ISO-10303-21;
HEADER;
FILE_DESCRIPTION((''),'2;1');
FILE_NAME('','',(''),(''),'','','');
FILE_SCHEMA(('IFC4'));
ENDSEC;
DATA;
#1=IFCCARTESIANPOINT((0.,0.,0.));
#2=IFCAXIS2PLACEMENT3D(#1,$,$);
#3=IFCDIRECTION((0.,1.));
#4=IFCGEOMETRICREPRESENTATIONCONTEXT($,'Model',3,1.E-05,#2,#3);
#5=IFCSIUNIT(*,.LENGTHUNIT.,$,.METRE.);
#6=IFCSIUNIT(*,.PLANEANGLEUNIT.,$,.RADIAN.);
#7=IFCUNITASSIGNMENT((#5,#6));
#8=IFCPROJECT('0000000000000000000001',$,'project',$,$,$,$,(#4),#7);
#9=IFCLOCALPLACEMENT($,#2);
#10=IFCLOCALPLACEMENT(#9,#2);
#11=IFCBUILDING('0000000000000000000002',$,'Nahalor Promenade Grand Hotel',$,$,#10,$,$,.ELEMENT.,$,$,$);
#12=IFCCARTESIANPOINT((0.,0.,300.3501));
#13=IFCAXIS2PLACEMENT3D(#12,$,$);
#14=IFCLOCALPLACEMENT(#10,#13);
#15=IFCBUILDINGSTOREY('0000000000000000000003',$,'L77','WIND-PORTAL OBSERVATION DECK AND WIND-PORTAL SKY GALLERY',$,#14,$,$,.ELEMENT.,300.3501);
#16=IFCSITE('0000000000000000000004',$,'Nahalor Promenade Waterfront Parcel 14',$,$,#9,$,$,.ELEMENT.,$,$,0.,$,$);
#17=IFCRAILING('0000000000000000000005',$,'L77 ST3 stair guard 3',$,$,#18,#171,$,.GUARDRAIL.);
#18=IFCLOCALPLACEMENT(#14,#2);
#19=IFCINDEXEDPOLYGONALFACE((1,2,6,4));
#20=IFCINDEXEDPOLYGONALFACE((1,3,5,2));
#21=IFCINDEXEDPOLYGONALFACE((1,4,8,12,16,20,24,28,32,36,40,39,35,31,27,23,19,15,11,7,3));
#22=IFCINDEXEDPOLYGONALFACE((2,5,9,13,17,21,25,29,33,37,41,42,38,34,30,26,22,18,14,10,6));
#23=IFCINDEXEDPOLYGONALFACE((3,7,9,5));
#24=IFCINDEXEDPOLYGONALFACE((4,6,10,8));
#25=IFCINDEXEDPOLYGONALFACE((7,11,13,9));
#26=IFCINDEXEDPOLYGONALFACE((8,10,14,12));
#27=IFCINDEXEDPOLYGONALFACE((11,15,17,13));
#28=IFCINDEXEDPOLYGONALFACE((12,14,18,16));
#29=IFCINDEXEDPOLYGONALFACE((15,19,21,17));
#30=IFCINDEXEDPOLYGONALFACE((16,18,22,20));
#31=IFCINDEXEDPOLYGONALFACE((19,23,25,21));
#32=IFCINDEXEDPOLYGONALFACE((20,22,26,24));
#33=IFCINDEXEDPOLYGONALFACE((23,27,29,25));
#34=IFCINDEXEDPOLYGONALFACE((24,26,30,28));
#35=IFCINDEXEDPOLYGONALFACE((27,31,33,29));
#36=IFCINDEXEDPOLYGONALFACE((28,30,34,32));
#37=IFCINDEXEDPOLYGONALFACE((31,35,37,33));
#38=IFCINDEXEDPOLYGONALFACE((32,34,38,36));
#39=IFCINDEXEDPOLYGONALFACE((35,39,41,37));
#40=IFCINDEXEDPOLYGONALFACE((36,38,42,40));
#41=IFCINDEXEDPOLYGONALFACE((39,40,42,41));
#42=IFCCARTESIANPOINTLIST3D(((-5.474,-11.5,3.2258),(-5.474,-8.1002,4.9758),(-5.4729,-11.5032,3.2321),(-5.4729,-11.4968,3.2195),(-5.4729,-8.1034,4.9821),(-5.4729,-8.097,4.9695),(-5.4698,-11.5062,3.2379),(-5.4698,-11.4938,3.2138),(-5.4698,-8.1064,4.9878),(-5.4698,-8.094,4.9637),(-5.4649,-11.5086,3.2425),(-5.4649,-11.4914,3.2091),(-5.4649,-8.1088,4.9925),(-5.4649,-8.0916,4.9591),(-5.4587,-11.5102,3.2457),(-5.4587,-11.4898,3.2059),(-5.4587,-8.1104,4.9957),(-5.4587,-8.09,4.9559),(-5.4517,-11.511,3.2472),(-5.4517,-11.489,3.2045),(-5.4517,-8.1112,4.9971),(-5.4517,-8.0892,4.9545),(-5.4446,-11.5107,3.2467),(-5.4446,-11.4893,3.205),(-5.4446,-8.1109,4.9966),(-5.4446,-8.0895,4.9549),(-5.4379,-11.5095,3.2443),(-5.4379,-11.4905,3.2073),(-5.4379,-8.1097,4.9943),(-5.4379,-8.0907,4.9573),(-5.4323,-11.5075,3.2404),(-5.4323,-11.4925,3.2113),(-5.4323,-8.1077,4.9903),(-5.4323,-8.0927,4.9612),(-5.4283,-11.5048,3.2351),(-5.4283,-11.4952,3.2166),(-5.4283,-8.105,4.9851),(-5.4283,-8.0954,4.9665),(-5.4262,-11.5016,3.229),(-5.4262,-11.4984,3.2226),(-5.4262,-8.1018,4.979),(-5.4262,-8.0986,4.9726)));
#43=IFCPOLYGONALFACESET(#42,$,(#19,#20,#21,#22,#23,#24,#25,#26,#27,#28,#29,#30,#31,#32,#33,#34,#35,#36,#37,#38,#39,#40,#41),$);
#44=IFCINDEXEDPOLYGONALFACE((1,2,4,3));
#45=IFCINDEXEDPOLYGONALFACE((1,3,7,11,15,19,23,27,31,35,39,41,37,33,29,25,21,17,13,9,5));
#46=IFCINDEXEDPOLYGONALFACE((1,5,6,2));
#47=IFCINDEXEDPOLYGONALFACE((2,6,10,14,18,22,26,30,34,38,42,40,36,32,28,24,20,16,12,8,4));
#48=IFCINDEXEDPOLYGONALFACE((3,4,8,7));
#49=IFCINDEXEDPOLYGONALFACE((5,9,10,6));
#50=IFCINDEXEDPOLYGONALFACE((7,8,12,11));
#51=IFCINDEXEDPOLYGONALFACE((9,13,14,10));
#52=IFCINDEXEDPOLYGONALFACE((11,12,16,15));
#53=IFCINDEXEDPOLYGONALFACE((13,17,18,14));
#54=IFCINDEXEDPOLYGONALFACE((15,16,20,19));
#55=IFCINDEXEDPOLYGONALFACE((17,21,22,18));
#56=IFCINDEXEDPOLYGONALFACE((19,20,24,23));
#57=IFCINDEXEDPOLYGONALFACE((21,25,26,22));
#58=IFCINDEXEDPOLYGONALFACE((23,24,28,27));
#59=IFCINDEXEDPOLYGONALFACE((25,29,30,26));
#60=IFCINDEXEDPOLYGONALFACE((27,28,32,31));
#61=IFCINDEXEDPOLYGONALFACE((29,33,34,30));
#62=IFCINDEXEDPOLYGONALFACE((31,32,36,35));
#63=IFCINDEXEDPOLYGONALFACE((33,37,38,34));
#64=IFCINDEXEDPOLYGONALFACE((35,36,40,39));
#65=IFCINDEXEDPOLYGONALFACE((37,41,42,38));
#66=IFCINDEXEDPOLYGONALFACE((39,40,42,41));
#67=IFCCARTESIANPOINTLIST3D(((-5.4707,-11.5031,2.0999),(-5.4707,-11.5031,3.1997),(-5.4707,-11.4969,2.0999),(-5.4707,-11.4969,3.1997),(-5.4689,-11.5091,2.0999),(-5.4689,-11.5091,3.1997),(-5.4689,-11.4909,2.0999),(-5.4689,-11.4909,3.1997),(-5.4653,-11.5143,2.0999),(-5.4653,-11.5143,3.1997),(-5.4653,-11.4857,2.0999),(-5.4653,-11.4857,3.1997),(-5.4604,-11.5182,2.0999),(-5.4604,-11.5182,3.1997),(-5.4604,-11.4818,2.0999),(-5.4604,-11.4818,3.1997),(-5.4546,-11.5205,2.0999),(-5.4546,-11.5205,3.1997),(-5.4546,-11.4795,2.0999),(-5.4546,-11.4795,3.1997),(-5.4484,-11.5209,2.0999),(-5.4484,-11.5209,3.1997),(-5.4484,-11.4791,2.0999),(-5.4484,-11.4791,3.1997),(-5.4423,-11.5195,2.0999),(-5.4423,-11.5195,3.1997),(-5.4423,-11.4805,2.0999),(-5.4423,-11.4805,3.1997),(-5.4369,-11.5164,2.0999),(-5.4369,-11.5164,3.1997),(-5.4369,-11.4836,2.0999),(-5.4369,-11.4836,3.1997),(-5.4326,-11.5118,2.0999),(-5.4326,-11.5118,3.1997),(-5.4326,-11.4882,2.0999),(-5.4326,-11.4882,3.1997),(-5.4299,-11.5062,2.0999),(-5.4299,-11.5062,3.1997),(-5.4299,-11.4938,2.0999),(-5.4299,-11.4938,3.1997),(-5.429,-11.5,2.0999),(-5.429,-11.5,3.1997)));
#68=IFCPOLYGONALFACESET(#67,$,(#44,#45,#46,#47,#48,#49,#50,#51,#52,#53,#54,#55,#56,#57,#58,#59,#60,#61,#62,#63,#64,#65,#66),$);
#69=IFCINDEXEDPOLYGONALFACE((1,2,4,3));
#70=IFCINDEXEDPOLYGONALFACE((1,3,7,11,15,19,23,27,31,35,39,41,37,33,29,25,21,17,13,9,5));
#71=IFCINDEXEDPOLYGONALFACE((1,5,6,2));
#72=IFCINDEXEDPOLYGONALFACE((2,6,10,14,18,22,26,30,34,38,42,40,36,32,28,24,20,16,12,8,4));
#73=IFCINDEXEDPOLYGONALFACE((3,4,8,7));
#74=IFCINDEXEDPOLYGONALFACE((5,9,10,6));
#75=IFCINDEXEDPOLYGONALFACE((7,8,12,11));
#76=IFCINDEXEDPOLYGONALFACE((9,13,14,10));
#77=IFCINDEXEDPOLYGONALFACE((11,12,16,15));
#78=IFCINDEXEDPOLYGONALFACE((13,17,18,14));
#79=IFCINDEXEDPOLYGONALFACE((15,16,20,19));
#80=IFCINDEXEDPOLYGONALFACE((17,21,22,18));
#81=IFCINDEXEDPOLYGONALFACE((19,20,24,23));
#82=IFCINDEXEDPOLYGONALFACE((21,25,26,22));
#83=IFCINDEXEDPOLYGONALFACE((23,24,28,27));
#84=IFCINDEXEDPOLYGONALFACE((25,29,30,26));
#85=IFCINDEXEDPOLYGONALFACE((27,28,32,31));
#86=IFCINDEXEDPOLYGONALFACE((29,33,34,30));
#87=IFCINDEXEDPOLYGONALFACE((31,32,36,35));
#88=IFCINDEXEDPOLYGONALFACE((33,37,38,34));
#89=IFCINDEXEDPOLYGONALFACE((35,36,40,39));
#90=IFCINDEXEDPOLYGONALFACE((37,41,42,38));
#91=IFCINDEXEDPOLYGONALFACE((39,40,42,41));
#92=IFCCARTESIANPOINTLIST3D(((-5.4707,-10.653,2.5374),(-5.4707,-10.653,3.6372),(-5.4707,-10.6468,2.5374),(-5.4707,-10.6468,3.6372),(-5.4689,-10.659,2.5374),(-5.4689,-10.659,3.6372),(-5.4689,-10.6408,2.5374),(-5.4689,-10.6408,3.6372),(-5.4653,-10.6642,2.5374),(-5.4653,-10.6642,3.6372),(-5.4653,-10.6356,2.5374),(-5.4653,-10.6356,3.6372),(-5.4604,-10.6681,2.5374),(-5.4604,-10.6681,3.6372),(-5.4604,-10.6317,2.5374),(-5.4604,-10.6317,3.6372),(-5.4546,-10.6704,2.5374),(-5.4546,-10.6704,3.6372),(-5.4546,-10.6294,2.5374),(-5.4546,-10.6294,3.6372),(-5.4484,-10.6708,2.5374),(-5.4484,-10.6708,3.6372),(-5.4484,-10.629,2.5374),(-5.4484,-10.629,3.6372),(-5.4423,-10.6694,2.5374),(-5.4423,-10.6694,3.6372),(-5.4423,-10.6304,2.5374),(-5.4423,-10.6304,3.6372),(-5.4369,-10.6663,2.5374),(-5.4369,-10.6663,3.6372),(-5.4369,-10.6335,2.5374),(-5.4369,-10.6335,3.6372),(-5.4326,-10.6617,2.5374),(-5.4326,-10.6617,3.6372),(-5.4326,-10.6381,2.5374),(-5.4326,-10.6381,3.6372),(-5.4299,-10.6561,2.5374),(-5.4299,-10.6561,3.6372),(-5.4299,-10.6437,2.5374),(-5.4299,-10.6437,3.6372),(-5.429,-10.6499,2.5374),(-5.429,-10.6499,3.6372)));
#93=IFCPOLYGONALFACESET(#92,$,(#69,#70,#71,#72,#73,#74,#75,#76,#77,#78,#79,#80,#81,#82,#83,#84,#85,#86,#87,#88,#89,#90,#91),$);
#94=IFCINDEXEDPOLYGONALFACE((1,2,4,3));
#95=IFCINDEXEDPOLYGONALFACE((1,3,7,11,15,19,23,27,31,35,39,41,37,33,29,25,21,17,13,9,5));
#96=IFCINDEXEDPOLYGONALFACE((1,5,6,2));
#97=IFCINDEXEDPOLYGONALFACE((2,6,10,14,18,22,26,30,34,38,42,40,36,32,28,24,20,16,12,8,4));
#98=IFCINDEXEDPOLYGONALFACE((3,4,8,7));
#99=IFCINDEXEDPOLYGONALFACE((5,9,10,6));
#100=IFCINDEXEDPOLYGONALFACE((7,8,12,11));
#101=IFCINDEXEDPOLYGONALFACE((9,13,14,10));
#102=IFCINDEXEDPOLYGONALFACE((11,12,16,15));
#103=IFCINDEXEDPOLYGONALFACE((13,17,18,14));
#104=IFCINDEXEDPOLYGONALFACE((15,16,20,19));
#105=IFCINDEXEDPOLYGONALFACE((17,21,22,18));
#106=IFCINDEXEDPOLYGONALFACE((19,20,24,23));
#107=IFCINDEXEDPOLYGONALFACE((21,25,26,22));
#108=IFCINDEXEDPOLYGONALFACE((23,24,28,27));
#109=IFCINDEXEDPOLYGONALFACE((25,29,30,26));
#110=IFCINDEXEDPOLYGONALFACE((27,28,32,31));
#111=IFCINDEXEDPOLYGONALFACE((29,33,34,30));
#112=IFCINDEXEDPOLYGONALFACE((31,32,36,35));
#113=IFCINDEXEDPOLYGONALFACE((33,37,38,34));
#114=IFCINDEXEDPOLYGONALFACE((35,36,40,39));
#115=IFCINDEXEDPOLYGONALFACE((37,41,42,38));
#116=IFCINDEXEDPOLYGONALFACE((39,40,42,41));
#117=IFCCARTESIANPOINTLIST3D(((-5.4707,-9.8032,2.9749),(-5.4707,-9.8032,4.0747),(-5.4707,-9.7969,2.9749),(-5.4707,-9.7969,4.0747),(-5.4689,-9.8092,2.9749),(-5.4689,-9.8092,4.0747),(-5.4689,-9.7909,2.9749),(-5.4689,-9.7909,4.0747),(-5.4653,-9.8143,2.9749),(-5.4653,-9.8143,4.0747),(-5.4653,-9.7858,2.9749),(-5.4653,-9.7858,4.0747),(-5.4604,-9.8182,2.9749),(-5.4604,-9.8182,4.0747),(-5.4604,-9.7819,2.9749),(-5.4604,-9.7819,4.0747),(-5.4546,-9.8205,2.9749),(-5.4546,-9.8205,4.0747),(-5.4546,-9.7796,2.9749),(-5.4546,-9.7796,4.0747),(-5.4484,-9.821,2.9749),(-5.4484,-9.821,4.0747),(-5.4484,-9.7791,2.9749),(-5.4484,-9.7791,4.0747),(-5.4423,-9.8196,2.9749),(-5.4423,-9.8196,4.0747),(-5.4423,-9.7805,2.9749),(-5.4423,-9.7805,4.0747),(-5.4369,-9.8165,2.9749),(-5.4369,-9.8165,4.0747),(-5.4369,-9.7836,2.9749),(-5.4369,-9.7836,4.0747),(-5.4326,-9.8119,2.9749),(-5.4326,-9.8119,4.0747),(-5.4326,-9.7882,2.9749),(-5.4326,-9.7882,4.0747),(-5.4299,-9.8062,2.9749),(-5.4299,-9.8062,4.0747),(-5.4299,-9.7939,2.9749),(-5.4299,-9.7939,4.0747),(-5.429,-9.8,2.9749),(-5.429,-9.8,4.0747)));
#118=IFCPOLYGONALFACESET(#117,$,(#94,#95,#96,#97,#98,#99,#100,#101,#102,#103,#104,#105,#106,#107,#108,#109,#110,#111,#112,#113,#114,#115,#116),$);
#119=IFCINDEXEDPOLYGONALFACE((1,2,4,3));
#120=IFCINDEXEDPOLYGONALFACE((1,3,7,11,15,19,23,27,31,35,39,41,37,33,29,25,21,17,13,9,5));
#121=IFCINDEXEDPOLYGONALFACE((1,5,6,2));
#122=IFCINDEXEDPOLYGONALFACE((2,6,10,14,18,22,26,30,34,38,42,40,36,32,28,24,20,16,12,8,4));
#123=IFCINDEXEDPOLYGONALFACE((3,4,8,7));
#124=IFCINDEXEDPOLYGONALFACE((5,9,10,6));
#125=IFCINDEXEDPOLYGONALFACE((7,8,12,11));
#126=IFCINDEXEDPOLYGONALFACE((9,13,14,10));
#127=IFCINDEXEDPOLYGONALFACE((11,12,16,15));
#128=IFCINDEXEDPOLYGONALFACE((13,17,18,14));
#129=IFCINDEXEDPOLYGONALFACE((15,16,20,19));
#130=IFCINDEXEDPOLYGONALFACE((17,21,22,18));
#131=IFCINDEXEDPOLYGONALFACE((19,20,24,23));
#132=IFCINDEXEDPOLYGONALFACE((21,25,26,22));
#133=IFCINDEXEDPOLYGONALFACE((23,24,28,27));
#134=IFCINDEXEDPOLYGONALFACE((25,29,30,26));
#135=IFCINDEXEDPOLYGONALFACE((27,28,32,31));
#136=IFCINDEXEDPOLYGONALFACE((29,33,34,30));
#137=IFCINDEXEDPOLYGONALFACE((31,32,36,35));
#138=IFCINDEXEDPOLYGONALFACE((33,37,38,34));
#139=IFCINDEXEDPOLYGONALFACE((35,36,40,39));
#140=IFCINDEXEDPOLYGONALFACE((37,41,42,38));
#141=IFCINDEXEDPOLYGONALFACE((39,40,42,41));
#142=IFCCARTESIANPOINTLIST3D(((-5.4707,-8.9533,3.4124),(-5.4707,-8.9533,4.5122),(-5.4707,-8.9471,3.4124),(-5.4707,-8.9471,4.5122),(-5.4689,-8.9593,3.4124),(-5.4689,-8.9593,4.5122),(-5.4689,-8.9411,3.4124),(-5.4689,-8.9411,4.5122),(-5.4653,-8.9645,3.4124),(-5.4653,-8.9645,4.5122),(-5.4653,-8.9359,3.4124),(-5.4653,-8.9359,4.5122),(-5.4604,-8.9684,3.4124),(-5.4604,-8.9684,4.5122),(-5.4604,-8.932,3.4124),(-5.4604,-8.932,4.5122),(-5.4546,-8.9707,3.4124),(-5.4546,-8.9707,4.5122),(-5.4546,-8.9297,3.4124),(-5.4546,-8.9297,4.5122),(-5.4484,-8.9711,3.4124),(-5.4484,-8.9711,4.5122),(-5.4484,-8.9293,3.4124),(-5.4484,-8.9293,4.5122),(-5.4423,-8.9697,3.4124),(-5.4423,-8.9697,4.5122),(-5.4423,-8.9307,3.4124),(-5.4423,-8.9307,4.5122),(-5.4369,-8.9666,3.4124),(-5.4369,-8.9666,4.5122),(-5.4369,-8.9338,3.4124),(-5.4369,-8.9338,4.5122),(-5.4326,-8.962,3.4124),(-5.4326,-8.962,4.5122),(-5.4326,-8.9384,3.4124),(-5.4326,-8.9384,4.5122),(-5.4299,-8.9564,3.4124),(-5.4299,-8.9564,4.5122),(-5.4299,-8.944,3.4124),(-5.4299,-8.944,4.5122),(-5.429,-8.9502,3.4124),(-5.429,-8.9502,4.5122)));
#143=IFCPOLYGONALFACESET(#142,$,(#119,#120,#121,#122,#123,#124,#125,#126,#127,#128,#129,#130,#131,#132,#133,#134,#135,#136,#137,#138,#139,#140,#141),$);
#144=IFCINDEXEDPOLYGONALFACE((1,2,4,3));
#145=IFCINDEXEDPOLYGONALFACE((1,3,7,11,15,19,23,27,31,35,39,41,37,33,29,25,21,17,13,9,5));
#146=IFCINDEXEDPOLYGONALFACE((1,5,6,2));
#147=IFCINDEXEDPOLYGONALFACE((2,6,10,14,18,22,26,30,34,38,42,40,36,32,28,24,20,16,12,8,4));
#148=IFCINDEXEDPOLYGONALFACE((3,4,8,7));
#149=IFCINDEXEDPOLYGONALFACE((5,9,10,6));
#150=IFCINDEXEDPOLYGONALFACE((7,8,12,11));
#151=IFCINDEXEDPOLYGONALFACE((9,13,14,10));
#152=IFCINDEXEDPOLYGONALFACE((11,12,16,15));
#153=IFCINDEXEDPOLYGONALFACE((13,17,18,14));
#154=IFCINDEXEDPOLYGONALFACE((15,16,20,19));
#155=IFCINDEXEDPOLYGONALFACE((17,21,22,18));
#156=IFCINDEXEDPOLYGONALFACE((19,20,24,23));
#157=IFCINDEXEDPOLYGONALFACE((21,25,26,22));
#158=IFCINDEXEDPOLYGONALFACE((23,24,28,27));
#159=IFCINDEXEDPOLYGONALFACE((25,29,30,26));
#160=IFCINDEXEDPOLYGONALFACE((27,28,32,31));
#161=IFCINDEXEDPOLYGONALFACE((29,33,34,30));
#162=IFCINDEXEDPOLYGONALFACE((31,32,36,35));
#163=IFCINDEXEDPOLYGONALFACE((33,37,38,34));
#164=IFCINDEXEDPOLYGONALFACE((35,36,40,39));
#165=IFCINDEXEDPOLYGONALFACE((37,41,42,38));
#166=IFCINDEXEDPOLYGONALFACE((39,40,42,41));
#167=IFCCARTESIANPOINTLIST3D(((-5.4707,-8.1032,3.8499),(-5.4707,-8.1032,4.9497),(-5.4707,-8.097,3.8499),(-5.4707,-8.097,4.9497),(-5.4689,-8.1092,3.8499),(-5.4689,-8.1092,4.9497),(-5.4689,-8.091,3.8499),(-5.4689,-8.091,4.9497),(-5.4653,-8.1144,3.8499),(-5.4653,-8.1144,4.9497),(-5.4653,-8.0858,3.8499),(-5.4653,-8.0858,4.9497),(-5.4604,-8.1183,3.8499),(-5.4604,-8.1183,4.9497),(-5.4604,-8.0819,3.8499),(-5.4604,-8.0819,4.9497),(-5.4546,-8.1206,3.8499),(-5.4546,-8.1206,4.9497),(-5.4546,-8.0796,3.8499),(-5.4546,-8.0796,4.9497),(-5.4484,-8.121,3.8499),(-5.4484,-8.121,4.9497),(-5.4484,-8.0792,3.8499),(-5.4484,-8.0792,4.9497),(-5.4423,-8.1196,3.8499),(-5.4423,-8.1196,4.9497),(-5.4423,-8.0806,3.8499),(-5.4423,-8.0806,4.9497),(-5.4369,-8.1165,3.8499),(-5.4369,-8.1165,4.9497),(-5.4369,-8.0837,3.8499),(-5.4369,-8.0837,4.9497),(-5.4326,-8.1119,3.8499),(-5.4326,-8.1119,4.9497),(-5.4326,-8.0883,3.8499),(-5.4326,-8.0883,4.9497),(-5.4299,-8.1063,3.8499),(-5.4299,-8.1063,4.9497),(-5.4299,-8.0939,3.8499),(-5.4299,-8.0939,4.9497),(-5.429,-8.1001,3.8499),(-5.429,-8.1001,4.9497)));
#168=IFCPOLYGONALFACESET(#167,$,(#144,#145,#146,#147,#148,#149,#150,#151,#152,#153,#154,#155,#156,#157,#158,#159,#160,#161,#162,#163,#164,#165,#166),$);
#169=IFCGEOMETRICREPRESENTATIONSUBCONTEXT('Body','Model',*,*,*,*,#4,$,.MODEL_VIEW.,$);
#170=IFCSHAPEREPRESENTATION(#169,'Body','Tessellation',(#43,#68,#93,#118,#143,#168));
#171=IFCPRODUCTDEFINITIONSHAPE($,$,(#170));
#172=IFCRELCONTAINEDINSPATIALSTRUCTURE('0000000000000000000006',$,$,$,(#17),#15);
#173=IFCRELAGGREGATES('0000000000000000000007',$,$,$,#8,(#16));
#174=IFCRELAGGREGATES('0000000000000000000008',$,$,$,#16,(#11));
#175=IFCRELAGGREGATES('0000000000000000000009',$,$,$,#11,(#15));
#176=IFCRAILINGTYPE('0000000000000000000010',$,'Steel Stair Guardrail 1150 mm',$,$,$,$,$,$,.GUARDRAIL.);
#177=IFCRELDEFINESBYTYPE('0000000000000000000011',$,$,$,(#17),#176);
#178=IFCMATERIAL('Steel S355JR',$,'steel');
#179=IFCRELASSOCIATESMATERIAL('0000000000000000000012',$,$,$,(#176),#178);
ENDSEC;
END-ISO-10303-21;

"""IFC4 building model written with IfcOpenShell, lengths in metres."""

from ifc_helpers import new_model, si_unit, direction, frame, origin, origin_2d, place, context, subcontext, project, spatial, circle, extrude, material, type_object, element, save


model = new_model("IFC4")

# Units and contexts
model_context = context("Model", 3, precision=1e-05, world=origin(), true_north=direction((0.0, 1.0)))
body_context = subcontext(model_context, "Body", "Model", "MODEL_VIEW")
ifc_project = project(units=[si_unit("LENGTHUNIT", "METRE"), si_unit("PLANEANGLEUNIT", "RADIAN")], contexts=[model_context])

# Site, building, storey
site_placement = place(None, origin())
site = spatial("IfcSite", under=ifc_project, at=site_placement, Name="Nahalor Promenade Waterfront Parcel 14", CompositionType="ELEMENT", RefElevation=0.0)
building_placement = place(site_placement, origin())
building = spatial("IfcBuilding", under=site, at=building_placement, Name="Nahalor Promenade Grand Hotel", CompositionType="ELEMENT")
storey_placement = place(building_placement, frame((0.0, 0.0, 300.3501)))
storey = spatial("IfcBuildingStorey", under=building, at=storey_placement, Name="L77", Description="WIND-PORTAL OBSERVATION DECK AND WIND-PORTAL SKY GALLERY", CompositionType="ELEMENT", Elevation=300.3501)

# Shared definitions
ifc_material_1 = material(Name="Steel S355JR", Category="steel")

# Railing
railing_type_1 = type_object("IfcRailingType", Name="Steel Stair Guardrail 1150 mm", PredefinedType="GUARDRAIL", material=ifc_material_1)
railing_1_placement = place(storey_placement, frame((-5.45, -11.5, 2.0999)))
element("IfcRailing", 1, at=railing_1_placement, inside=storey, type_object=railing_type_1, Name="L77 ST3 stair guard 3", PredefinedType="GUARDRAIL", context=body_context, shape_type="SweptSolid", body=[
    extrude(circle(Radius=0.024, at=origin_2d()), frame((0.0, 0.0, 1.126), z_axis=(0.0, 0.88913, 0.457654), x_axis=(-1.0, 0.0, 0.0)), (0.0, 0.0, 1.0), 3.8237),
    extrude(circle(Radius=0.021, at=origin_2d()), origin(), (0.0, 0.0, 1.0), 1.0999),
    extrude(circle(Radius=0.021, at=origin_2d()), frame((0.0, 0.8501, 0.4375)), (0.0, 0.0, 1.0), 1.0999),
    extrude(circle(Radius=0.021, at=origin_2d()), frame((0.0, 1.7, 0.875)), (0.0, 0.0, 1.0), 1.0999),
    extrude(circle(Radius=0.021, at=origin_2d()), frame((0.0, 2.5498, 1.3125)), (0.0, 0.0, 1.0), 1.0999),
    extrude(circle(Radius=0.021, at=origin_2d()), frame((0.0, 3.3999, 1.75)), (0.0, 0.0, 1.0), 1.0999),
])

save(model, "model.ifc")
